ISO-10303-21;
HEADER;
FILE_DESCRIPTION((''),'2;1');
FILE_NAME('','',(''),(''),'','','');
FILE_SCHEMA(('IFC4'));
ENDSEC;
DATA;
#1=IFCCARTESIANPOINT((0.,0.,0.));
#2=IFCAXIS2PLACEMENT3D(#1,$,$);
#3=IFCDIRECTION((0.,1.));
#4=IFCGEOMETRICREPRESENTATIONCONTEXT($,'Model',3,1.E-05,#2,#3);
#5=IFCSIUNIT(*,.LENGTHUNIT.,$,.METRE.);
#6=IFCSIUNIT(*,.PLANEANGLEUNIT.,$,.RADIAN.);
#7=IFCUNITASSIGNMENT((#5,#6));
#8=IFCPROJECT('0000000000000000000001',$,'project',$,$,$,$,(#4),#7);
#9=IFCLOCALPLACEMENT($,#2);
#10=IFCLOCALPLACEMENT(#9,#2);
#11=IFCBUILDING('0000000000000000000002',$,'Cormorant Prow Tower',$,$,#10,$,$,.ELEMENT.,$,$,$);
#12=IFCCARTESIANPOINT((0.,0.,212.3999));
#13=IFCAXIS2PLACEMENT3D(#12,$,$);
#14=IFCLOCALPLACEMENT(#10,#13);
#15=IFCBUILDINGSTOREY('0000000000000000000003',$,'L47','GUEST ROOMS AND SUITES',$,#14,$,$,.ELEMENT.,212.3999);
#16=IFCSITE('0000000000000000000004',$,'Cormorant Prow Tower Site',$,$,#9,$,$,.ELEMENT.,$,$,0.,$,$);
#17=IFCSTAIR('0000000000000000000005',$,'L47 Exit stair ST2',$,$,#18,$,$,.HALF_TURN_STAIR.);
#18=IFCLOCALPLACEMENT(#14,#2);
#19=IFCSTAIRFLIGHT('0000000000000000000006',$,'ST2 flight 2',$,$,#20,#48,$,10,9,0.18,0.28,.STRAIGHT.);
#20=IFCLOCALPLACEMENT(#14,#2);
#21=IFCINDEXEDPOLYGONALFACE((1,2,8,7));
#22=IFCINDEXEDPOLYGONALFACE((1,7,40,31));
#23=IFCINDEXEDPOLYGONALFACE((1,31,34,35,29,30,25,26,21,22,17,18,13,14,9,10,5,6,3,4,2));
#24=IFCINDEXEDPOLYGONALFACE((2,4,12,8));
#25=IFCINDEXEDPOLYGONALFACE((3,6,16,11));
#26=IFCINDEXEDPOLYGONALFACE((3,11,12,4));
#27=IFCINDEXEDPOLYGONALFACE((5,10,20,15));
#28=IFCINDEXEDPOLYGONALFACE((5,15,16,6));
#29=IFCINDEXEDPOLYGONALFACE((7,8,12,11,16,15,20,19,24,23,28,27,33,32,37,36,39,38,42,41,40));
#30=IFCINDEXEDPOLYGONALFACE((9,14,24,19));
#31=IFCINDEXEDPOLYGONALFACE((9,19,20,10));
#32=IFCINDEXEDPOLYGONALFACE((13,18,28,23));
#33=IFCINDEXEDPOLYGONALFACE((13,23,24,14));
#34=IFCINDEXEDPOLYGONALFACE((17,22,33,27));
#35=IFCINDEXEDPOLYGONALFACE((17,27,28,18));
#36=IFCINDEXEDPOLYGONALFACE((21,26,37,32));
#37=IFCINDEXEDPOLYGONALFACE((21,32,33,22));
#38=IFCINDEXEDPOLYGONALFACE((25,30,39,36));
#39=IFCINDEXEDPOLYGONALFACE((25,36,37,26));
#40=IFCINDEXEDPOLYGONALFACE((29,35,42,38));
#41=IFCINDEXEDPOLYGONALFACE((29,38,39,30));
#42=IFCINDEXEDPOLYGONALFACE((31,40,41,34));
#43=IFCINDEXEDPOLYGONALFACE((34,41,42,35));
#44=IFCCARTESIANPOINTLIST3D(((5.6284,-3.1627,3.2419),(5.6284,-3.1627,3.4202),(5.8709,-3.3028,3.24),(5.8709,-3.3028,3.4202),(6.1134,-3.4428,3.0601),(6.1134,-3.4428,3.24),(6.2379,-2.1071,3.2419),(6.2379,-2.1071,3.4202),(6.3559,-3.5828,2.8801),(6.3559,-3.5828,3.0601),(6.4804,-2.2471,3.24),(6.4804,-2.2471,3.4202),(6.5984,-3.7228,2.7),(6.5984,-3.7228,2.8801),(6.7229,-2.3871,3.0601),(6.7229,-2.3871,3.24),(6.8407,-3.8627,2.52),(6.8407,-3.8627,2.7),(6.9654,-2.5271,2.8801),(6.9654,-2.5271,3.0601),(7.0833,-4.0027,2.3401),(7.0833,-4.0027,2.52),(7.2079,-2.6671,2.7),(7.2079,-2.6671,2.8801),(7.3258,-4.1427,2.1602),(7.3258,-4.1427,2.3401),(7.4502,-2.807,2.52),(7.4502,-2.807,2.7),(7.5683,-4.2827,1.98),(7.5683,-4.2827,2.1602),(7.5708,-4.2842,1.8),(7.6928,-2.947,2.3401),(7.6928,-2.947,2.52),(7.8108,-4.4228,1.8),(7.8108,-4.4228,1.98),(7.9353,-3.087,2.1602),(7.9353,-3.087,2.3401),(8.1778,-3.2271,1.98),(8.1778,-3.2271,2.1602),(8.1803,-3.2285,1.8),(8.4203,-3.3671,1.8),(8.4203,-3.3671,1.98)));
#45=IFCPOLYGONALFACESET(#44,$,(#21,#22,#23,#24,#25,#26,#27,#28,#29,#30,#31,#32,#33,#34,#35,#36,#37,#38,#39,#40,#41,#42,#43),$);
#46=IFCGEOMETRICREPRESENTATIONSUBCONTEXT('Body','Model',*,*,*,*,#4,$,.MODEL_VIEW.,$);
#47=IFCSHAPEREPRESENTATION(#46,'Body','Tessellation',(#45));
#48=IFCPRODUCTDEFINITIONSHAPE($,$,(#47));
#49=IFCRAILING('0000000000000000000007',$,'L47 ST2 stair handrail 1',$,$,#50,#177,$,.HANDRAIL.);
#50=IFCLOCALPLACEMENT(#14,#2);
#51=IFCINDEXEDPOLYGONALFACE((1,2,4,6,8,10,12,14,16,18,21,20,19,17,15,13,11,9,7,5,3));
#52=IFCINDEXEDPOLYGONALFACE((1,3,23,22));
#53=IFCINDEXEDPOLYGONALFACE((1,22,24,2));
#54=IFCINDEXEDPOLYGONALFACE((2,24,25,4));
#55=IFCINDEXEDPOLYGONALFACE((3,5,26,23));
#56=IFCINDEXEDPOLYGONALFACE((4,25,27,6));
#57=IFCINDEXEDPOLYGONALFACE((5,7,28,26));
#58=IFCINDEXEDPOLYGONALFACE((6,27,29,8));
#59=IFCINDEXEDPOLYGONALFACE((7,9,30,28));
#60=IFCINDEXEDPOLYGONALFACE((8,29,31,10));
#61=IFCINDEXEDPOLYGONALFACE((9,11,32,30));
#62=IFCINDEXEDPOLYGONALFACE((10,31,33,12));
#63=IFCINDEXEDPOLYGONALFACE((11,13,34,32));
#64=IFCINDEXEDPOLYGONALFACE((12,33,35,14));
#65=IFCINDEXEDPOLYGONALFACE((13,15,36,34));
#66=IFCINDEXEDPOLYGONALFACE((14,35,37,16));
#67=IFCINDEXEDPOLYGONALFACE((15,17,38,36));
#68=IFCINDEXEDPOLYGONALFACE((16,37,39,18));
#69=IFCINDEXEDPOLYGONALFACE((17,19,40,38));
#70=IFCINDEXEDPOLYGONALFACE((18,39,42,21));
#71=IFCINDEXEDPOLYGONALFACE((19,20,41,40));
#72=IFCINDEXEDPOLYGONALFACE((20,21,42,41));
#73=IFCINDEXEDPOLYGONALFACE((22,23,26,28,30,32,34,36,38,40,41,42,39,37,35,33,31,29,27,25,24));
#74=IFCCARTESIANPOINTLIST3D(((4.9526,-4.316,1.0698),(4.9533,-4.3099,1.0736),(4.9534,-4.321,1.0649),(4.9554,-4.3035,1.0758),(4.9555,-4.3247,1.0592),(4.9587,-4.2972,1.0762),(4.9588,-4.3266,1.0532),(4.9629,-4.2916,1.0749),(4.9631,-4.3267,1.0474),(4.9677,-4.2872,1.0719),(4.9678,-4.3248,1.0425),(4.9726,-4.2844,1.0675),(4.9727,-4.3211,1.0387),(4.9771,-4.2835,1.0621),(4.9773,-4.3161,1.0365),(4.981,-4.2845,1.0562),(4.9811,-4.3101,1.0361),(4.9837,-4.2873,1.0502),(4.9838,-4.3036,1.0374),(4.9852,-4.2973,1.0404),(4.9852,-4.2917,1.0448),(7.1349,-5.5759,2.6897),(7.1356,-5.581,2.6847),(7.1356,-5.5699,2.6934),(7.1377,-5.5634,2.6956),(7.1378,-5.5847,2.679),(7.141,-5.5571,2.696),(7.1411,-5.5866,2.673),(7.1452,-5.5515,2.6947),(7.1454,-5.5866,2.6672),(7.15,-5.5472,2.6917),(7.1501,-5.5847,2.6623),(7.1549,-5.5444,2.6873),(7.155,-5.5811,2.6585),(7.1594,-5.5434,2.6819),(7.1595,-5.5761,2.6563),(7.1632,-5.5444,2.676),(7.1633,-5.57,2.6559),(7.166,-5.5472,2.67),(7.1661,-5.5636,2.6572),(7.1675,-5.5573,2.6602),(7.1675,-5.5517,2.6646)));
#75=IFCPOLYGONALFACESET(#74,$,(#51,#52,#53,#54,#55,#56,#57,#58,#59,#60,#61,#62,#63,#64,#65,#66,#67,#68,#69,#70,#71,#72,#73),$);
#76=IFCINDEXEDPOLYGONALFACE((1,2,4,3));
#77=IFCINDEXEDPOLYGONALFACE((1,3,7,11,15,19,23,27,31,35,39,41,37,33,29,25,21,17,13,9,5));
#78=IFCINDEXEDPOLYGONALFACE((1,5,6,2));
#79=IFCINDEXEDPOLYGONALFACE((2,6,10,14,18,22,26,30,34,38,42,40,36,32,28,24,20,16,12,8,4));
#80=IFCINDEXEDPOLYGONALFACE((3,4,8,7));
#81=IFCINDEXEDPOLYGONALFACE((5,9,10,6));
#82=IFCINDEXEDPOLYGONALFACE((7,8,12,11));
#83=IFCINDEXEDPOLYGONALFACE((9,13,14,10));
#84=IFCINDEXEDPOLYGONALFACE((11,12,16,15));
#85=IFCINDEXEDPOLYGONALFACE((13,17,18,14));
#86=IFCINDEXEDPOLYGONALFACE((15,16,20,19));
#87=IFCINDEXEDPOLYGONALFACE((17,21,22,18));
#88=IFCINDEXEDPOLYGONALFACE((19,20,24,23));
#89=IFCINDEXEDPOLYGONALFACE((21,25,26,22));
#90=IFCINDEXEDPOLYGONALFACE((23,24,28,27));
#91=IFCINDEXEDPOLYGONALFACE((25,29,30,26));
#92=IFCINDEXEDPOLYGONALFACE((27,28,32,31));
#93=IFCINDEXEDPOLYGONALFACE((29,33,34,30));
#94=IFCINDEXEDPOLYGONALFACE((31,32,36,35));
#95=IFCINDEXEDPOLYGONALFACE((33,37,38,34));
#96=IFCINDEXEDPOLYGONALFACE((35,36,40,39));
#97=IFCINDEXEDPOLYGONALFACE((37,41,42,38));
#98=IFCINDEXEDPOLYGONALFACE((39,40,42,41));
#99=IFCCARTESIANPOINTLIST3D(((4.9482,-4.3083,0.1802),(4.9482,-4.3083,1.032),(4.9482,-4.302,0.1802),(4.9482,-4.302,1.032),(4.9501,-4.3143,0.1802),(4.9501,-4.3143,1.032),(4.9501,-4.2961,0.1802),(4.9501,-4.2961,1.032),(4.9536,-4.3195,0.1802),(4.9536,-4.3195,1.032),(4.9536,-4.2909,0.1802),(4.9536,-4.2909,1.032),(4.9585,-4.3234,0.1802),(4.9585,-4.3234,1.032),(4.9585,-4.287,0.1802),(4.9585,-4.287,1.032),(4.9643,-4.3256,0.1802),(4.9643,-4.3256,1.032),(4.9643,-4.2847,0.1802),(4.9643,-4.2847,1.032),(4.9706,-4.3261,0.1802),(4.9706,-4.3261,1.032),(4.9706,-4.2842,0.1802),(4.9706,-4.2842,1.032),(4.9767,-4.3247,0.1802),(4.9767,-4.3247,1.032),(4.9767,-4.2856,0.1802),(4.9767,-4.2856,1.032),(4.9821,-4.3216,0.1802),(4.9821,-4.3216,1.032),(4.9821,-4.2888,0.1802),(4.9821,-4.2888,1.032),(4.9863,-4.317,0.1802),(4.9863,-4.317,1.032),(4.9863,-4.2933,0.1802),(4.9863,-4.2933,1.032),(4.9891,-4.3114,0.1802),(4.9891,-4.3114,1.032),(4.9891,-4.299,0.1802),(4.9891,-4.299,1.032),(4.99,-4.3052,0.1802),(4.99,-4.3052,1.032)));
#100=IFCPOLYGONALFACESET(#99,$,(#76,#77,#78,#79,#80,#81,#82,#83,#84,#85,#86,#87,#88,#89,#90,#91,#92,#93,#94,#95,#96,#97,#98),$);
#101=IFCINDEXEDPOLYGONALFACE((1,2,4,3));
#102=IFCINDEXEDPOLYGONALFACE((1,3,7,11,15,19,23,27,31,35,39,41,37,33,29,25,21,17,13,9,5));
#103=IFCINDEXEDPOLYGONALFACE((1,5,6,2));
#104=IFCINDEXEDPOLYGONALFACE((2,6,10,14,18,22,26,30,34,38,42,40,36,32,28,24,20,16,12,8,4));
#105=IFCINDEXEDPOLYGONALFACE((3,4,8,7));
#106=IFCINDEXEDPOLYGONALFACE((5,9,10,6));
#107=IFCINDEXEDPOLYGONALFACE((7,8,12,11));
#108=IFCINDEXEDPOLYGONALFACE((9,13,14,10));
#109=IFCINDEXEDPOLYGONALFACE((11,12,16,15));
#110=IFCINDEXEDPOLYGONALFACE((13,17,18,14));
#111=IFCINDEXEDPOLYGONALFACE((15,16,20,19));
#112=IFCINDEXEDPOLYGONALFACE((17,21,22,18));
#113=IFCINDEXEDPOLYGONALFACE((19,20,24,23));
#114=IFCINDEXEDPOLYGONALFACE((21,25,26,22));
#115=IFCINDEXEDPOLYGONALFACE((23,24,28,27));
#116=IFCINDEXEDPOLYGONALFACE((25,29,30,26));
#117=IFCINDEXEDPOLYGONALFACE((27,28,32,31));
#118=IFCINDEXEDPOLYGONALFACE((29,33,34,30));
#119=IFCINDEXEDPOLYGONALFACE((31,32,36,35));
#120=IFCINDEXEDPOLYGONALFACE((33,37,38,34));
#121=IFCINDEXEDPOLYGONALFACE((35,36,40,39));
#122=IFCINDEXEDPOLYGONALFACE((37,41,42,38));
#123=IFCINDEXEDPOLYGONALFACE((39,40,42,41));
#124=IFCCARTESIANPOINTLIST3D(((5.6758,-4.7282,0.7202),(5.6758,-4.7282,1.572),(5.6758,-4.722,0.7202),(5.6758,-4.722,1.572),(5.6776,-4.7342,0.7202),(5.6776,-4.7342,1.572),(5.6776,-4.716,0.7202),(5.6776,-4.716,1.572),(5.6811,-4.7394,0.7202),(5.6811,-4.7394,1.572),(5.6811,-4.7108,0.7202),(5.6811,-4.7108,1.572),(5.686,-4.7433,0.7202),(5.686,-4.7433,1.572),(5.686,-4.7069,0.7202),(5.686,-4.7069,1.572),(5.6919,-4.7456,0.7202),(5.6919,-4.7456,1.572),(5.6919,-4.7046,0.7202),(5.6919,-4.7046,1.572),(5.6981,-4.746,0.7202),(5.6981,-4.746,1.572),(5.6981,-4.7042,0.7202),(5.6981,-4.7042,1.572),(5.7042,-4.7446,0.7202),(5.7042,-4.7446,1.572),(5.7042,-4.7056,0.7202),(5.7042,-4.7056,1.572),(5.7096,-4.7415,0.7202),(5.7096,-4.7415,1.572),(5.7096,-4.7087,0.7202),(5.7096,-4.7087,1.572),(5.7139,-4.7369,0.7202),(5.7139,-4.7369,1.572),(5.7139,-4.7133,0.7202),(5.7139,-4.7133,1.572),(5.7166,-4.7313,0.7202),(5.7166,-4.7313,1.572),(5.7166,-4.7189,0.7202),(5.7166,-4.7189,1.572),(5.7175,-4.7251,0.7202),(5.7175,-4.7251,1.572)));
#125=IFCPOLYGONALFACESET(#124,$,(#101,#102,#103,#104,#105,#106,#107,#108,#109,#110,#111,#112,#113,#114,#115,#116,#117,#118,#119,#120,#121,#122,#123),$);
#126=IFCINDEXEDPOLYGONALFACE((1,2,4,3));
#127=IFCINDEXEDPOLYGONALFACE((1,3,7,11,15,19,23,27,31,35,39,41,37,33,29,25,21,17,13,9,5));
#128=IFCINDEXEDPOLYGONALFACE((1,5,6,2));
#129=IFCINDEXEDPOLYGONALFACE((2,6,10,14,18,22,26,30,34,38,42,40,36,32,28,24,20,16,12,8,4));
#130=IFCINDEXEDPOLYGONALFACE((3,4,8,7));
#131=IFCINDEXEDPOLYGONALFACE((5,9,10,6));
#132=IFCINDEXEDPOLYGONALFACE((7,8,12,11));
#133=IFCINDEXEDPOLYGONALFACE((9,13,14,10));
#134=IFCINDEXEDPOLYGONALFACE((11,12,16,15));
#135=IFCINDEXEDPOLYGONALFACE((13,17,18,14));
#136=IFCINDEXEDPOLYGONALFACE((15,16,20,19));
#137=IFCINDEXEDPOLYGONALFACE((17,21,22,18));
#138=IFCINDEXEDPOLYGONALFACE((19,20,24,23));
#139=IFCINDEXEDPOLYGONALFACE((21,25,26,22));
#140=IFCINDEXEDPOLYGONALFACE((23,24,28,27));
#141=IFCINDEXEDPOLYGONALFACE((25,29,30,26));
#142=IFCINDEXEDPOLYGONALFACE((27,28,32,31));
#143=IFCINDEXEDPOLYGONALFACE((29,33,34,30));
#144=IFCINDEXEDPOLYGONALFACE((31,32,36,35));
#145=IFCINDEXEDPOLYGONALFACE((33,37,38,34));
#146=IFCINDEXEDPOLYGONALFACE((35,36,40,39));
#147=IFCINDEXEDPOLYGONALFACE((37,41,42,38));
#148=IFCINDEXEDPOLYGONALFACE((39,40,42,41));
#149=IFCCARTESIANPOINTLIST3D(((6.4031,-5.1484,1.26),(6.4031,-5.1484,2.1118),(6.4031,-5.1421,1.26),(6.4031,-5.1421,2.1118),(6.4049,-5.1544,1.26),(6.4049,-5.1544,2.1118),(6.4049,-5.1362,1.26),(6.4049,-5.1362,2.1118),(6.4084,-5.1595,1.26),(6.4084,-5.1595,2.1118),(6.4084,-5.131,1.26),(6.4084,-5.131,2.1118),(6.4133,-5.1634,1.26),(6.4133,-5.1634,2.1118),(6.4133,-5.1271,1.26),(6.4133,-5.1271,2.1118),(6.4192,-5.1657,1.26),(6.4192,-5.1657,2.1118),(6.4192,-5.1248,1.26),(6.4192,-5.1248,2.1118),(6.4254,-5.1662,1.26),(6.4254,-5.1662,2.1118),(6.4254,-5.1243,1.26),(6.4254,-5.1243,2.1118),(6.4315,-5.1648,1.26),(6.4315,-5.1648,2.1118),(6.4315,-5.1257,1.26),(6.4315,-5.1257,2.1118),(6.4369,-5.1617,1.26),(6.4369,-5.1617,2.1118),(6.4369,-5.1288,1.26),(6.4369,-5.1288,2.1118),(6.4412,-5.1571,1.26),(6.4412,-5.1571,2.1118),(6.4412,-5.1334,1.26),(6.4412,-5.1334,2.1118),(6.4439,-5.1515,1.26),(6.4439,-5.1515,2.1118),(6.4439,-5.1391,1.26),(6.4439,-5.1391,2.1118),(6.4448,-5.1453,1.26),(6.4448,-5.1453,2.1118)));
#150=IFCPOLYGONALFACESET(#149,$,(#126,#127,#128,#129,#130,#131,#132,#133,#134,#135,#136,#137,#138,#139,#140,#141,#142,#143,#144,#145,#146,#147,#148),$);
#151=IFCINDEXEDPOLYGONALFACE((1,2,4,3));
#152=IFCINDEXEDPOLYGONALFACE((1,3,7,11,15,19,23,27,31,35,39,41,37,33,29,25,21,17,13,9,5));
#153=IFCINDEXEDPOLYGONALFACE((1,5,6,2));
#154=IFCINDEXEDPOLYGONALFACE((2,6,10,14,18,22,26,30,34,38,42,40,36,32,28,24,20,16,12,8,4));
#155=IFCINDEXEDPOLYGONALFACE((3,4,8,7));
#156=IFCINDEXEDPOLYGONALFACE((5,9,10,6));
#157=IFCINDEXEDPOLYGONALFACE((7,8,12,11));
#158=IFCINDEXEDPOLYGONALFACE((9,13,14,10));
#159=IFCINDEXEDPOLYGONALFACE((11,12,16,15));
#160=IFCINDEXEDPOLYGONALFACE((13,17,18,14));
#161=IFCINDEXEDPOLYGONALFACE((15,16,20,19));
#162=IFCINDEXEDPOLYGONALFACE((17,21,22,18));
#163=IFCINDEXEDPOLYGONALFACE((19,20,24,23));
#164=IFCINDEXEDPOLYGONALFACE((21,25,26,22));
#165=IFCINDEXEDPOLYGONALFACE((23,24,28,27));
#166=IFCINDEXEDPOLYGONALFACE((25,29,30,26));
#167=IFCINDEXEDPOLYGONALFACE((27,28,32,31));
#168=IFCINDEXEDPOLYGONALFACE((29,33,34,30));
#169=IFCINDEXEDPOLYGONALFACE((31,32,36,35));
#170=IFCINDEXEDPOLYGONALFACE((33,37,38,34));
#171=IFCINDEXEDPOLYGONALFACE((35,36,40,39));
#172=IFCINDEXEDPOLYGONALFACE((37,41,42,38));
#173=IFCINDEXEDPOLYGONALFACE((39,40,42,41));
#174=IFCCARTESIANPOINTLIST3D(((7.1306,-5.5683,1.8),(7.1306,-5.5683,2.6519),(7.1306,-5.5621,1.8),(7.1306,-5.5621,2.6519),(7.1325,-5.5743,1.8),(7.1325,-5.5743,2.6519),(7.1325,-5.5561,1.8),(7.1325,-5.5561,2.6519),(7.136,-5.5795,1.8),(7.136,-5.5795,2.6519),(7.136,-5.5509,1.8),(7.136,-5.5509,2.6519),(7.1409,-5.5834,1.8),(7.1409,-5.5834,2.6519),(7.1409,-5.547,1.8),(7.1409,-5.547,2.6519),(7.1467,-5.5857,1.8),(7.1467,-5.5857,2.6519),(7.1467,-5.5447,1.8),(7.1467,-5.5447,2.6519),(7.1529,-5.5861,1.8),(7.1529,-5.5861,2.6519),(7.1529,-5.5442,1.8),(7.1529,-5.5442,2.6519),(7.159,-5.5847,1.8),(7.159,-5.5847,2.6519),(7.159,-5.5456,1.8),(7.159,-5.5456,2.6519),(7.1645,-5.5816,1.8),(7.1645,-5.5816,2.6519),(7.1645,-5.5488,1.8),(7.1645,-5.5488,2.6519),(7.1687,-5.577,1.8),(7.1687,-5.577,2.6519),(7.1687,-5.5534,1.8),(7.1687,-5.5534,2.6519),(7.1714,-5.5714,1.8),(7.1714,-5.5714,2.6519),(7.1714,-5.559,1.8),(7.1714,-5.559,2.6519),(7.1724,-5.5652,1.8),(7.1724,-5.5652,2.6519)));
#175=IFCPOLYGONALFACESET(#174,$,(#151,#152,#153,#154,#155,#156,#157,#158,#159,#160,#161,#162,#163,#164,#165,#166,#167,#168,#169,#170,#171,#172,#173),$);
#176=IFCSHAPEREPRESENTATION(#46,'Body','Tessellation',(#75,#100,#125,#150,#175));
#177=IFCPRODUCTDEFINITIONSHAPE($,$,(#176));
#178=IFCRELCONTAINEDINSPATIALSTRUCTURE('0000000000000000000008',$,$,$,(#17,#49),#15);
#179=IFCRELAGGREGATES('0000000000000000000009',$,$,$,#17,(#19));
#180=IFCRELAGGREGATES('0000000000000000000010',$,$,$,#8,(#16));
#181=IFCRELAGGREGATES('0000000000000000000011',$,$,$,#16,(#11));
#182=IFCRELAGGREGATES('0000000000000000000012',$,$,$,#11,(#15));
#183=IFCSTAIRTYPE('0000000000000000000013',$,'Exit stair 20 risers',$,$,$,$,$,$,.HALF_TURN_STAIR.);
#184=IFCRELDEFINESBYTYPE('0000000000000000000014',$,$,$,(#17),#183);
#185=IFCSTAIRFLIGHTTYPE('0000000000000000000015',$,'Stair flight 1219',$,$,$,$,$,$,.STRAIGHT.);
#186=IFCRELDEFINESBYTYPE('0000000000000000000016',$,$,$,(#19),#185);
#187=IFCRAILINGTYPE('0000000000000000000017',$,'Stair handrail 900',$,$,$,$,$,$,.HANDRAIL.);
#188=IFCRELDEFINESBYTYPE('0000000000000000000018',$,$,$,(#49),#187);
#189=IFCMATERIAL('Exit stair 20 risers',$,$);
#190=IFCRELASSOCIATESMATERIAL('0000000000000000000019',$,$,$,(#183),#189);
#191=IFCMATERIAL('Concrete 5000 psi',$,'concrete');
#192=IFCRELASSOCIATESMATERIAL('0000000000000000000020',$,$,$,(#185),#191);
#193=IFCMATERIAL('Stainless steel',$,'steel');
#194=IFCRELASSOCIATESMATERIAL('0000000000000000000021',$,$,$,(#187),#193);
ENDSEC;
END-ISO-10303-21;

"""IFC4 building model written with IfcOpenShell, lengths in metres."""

from ifc_helpers import new_model, si_unit, direction, frame, origin, origin_2d, place, context, subcontext, project, spatial, polyline, circle, outline, extrude, material, type_object, element, aggregate, save


model = new_model("IFC4")

# Units and contexts
model_context = context("Model", 3, precision=1e-05, world=origin(), true_north=direction((0.0, 1.0)))
body_context = subcontext(model_context, "Body", "Model", "MODEL_VIEW")
ifc_project = project(units=[si_unit("LENGTHUNIT", "METRE"), si_unit("PLANEANGLEUNIT", "RADIAN")], contexts=[model_context])

# Site, building, storey
site_placement = place(None, origin())
site = spatial("IfcSite", under=ifc_project, at=site_placement, Name="Cormorant Prow Tower Site", CompositionType="ELEMENT", RefElevation=0.0)
building_placement = place(site_placement, origin())
building = spatial("IfcBuilding", under=site, at=building_placement, Name="Cormorant Prow Tower", CompositionType="ELEMENT")
storey_placement = place(building_placement, frame((0.0, 0.0, 212.3999)))
storey = spatial("IfcBuildingStorey", under=building, at=storey_placement, Name="L47", Description="GUEST ROOMS AND SUITES", CompositionType="ELEMENT", Elevation=212.3999)

# Stair, stair flight
ifc_material_1 = material(Name="Exit stair 20 risers")
stair_type = type_object("IfcStairType", Name="Exit stair 20 risers", PredefinedType="HALF_TURN_STAIR", material=ifc_material_1)
stair_placement = place(storey_placement, origin())
stair = element("IfcStair", 1, at=stair_placement, inside=storey, type_object=stair_type, Name="L47 Exit stair ST2", PredefinedType="HALF_TURN_STAIR")
ifc_material_2 = material(Name="Concrete 5000 psi", Category="concrete")
stair_flight_type = type_object("IfcStairFlightType", Name="Stair flight 1219", PredefinedType="STRAIGHT", material=ifc_material_2)
stair_flight_1_placement = place(storey_placement, frame((8.1155, -3.895, 1.8), z_axis=(0.0, 0.0, 1.0), x_axis=(-0.866025, 0.5, 0.0)))
stair_flight_1 = element("IfcStairFlight", 2, at=stair_flight_1_placement, type_object=stair_flight_type, Name="ST2 flight 2", NumberOfRisers=10, NumberOfTreads=9, PredefinedType="STRAIGHT", RiserHeight=0.18, TreadLength=0.28, context=body_context, shape_type="SweptSolid", body=[
    extrude(outline(polyline([(0.0, 0.0), (0.0, 0.1799), (0.28, 0.1799), (0.28, 0.3601), (0.5601, 0.3601), (0.5601, 0.54), (0.8401, 0.54), (0.8401, 0.72), (1.1201, 0.72), (1.1201, 0.8999), (1.3999, 0.8999), (1.3999, 1.0801), (1.6799, 1.0801), (1.6799, 1.26), (1.96, 1.26), (1.96, 1.4399), (2.24, 1.4399), (2.24, 1.6201), (2.52, 1.6201), (2.52, 1.8), (2.52, 1.4419), (0.2771, 0.0), (0.0, 0.0)])), frame((0.0, 0.6094, 0.0), z_axis=(0.0, -1.0, 0.0), x_axis=(1.0, 0.0, 0.0)), (0.0, 0.0, 1.0), 1.219),
])
aggregate(stair, [stair_flight_1])

# Railing
ifc_material_3 = material(Name="Stainless steel", Category="steel")
railing_type_1 = type_object("IfcRailingType", Name="Stair handrail 900", PredefinedType="HANDRAIL", material=ifc_material_3)
railing_1_placement = place(storey_placement, frame((4.969, -4.3052, 0.1802)))
element("IfcRailing", 3, at=railing_1_placement, inside=storey, type_object=railing_type_1, Name="L47 ST2 stair handrail 1", PredefinedType="HANDRAIL", context=body_context, shape_type="SweptSolid", body=[
    extrude(circle(Radius=0.0239, at=origin_2d()), frame((0.0, 0.0, 0.876), z_axis=(0.728496, -0.420603, 0.540728), x_axis=(0.500005, 0.866023, 0.0)), (0.0, 0.0, 1.0), 2.9956),
    extrude(circle(Radius=0.021, at=origin_2d()), origin(), (0.0, 0.0, 1.0), 0.8518),
    extrude(circle(Radius=0.021, at=origin_2d()), frame((0.7275, -0.4199, 0.54)), (0.0, 0.0, 1.0), 0.8518),
    extrude(circle(Radius=0.021, at=origin_2d()), frame((1.4548, -0.8401, 1.0798)), (0.0, 0.0, 1.0), 0.8518),
    extrude(circle(Radius=0.021, at=origin_2d()), frame((2.1824, -1.26, 1.6199)), (0.0, 0.0, 1.0), 0.8518),
])

save(model, "model.ifc")
